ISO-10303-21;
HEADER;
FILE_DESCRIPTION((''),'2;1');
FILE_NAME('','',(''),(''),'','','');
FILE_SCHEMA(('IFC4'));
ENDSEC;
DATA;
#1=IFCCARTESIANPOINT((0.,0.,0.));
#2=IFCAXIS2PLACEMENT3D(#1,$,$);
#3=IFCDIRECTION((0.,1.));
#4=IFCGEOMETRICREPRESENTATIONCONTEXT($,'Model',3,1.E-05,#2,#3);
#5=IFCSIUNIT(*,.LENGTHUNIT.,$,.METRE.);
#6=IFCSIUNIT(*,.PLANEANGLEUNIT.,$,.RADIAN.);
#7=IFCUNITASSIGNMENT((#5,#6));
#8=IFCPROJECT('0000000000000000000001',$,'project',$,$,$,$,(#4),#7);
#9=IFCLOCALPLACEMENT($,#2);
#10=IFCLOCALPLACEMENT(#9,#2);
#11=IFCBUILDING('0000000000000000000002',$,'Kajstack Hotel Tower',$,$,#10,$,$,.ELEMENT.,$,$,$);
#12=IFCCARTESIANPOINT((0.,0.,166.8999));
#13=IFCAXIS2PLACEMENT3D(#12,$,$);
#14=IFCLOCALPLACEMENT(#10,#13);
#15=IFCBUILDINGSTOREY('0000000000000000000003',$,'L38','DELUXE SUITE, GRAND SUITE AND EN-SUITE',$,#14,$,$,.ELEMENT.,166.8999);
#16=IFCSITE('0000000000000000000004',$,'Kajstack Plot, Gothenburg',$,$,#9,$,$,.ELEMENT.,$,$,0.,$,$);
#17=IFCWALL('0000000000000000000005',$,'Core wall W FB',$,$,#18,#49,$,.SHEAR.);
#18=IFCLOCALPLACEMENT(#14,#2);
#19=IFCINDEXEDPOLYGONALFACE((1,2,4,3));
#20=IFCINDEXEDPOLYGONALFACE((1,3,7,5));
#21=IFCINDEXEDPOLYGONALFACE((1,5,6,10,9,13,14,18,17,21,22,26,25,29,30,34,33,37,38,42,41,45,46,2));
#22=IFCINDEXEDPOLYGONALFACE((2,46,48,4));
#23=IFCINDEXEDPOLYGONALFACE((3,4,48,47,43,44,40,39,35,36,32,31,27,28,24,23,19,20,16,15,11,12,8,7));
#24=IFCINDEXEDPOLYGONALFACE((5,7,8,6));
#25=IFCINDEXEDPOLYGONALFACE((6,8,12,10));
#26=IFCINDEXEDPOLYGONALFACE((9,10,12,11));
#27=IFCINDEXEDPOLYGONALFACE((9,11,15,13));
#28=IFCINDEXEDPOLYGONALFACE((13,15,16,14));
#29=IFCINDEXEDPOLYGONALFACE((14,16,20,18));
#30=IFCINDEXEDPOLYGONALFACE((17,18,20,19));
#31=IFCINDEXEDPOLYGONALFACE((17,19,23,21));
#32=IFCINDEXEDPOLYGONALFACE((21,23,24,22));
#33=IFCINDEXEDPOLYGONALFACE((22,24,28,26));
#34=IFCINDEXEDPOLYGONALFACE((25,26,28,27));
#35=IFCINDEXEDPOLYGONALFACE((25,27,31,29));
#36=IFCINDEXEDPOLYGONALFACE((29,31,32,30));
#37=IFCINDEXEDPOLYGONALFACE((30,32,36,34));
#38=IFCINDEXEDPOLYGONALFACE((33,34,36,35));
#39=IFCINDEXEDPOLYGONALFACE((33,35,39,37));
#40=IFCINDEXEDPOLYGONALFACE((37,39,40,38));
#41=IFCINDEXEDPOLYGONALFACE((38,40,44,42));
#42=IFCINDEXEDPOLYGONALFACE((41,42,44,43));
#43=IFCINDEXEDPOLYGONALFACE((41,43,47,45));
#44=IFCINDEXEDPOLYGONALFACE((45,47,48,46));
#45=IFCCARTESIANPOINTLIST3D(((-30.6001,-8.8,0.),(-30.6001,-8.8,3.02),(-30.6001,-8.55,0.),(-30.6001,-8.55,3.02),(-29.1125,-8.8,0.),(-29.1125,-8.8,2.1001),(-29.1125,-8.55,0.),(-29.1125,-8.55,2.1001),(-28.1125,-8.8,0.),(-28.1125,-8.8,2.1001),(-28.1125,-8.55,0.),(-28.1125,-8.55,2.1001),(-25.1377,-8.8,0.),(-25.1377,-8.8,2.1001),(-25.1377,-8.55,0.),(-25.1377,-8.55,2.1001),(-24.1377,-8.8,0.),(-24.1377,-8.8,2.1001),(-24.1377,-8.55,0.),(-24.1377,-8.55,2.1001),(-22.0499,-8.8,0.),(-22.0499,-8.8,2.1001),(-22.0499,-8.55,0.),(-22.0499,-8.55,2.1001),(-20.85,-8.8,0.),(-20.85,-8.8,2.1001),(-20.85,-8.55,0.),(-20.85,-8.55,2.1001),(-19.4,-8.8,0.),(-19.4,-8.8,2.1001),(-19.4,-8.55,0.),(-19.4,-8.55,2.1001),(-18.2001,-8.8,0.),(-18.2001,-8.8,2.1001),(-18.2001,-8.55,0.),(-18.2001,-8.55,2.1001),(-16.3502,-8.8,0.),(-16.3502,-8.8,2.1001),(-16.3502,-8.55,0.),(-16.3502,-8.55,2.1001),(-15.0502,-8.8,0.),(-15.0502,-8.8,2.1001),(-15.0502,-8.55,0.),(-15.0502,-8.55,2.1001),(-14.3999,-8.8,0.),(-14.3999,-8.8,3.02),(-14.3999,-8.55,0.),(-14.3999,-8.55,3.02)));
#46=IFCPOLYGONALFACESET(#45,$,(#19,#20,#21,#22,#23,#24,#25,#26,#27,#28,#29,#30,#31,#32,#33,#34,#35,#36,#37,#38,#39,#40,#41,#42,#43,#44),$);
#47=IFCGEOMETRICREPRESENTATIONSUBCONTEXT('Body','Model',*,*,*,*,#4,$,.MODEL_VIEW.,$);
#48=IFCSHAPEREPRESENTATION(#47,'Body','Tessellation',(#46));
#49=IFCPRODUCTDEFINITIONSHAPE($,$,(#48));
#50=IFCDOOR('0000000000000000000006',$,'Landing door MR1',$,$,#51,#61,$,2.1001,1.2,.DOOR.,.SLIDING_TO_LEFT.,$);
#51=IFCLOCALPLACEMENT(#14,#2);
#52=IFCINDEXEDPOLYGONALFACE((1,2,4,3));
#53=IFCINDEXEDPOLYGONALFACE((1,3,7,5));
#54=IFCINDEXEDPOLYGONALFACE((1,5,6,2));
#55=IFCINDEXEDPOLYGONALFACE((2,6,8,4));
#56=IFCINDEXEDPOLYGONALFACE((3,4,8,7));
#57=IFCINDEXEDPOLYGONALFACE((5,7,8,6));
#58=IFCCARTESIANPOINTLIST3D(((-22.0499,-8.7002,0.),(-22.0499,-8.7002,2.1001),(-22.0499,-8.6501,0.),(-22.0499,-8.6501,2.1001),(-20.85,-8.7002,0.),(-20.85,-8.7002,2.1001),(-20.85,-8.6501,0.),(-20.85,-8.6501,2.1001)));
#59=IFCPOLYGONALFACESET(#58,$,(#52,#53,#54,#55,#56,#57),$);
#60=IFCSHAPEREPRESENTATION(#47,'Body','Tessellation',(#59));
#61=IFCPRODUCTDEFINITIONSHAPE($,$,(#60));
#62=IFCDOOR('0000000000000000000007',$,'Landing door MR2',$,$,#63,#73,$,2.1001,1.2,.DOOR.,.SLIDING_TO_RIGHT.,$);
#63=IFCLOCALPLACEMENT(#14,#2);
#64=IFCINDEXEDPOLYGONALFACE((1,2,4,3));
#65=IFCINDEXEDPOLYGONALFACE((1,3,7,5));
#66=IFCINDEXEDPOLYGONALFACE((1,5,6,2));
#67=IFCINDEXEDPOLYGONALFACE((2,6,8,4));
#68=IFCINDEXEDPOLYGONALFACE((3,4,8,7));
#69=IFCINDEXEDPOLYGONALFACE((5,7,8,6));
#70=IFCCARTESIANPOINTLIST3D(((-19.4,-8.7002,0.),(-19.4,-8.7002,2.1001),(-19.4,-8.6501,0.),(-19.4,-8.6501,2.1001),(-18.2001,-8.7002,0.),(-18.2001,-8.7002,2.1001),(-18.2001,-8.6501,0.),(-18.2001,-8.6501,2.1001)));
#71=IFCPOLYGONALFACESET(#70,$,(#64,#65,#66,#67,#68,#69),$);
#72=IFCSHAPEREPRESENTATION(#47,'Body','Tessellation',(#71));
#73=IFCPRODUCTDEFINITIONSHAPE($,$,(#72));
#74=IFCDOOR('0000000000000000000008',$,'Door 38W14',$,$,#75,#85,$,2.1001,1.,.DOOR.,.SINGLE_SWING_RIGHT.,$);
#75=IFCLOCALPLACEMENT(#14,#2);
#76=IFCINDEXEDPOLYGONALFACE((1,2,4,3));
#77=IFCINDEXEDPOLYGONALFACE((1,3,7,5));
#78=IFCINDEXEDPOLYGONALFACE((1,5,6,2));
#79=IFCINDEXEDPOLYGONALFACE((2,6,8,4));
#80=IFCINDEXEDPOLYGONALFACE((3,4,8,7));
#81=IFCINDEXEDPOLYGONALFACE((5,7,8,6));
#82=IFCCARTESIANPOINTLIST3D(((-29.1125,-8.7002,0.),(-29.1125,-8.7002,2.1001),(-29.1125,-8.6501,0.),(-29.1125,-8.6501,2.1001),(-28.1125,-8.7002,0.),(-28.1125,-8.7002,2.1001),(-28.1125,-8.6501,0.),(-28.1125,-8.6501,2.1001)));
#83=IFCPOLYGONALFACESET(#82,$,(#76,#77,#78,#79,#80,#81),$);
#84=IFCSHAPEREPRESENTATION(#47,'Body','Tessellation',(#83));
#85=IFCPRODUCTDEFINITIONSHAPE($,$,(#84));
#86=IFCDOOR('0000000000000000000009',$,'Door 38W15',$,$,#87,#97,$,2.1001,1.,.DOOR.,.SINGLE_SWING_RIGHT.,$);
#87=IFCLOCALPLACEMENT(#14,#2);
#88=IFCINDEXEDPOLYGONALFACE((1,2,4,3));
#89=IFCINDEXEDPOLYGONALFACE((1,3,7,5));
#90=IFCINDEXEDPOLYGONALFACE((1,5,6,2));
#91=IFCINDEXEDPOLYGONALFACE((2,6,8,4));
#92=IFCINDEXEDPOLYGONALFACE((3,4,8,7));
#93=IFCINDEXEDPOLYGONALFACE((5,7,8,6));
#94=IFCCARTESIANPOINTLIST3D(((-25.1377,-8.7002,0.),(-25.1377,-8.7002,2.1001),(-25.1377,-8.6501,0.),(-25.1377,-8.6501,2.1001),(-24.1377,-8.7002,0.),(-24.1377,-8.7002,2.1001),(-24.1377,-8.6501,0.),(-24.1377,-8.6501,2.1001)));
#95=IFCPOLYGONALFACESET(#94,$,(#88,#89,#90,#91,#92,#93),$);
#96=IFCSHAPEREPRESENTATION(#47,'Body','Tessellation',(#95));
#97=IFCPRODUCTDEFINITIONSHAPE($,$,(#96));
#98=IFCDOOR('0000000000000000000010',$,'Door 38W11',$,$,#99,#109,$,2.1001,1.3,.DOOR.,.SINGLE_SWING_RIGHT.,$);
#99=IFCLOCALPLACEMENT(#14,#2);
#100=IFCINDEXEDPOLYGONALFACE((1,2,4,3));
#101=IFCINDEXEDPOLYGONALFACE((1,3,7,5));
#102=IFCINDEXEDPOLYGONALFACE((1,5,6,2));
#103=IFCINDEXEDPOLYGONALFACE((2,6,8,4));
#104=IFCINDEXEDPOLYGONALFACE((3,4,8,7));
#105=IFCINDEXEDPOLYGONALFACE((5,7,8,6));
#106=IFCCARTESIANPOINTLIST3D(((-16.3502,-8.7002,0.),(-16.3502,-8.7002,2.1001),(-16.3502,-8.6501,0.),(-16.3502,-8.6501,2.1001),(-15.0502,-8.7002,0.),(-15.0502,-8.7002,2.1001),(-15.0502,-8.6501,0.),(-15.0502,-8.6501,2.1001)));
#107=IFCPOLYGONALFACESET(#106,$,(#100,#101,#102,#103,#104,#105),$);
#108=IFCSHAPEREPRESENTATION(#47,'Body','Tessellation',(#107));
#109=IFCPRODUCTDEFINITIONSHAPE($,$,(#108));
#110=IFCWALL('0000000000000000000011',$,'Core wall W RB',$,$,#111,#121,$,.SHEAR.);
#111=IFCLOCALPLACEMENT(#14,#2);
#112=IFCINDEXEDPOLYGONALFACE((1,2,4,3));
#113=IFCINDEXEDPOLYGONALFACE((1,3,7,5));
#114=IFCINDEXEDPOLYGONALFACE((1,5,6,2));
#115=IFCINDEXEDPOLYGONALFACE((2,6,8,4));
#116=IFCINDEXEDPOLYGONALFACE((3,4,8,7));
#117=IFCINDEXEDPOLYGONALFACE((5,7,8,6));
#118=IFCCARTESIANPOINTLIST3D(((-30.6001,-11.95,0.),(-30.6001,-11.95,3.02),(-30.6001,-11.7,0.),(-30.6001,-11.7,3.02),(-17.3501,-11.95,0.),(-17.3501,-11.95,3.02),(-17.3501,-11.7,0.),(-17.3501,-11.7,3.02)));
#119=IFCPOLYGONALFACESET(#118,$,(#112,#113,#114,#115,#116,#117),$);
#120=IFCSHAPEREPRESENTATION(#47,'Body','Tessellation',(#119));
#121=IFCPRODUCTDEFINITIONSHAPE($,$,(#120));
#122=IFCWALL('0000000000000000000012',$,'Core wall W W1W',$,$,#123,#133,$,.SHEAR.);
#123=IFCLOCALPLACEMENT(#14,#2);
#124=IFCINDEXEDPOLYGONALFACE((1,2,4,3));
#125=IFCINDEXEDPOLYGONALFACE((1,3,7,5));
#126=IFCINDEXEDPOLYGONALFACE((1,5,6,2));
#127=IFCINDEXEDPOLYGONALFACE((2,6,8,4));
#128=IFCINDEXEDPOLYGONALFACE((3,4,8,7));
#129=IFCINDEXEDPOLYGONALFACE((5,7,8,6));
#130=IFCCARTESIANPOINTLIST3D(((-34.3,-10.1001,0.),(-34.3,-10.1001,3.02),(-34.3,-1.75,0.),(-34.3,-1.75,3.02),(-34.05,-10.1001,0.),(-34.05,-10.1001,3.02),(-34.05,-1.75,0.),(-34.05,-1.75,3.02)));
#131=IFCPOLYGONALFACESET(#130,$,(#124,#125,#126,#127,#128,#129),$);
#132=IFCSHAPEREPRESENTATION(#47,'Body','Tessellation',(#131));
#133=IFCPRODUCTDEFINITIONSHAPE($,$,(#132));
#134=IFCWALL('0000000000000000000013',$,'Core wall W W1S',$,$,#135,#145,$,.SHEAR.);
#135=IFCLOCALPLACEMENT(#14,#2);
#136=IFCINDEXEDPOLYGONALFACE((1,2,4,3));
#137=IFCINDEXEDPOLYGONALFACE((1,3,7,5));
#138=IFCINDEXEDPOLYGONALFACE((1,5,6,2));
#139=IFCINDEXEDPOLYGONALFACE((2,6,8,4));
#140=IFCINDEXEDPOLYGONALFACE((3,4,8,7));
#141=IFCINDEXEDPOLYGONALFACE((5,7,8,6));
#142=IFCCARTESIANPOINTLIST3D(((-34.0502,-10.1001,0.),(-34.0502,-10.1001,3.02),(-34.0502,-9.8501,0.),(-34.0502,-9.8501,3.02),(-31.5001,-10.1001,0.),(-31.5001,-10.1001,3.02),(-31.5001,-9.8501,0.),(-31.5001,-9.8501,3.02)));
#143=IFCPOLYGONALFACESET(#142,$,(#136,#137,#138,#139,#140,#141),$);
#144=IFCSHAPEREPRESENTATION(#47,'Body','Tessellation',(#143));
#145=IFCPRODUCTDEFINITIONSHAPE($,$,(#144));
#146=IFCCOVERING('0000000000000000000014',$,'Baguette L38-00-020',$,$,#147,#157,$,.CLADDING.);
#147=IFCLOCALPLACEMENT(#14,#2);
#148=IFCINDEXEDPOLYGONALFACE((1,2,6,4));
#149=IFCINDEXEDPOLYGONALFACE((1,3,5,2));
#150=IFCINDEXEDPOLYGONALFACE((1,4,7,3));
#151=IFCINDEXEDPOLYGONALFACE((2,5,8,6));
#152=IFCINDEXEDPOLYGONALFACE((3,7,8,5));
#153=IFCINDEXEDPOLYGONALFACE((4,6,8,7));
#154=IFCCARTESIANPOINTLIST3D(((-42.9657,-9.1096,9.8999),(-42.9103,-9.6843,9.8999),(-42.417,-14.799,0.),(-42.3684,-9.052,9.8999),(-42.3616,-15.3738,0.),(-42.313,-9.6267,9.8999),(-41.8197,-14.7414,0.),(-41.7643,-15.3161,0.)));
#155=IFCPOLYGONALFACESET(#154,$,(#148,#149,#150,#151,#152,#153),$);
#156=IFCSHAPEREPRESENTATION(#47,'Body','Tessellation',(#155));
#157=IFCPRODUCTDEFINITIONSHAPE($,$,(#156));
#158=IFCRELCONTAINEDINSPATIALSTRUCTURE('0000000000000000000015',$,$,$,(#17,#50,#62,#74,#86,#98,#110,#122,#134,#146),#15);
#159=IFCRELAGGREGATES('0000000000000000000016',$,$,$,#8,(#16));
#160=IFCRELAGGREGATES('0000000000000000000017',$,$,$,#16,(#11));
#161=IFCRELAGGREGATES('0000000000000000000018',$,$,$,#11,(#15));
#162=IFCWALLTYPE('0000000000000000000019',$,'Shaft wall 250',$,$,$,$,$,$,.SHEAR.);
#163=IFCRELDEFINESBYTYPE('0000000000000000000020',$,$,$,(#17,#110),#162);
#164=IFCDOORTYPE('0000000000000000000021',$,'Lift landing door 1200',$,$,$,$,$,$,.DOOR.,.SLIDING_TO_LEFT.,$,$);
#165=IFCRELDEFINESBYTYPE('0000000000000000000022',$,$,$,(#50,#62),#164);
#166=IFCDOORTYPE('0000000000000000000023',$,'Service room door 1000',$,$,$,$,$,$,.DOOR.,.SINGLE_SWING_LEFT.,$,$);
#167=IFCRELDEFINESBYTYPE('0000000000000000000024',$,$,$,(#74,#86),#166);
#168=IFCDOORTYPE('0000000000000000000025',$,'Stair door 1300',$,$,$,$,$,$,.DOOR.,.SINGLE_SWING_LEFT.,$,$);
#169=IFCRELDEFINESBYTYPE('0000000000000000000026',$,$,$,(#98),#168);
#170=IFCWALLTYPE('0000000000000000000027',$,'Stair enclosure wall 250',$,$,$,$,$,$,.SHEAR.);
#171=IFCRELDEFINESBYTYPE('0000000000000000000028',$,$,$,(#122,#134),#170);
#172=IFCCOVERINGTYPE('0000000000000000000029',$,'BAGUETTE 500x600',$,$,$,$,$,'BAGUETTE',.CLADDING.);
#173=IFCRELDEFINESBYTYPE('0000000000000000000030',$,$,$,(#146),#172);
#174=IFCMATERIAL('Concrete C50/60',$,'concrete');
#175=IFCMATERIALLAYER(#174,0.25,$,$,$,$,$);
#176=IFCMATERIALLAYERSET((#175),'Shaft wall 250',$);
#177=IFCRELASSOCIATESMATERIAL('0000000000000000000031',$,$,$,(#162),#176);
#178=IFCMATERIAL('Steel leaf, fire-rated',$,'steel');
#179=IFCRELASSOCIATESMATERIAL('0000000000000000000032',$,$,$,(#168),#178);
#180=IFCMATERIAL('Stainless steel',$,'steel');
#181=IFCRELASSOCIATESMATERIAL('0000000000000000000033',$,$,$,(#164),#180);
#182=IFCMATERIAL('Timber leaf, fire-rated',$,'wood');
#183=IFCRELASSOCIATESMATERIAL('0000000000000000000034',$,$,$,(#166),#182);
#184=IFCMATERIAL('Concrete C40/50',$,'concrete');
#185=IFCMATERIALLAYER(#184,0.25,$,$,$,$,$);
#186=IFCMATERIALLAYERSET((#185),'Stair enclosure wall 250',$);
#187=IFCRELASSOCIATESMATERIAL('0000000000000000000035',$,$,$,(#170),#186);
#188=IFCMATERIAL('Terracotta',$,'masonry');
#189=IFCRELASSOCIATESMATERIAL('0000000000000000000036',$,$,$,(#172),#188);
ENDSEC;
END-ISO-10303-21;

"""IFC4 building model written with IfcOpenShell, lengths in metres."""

from ifc_helpers import new_model, si_unit, direction, frame, frame_2d, origin, origin_2d, place, context, subcontext, project, spatial, polyline, rectangle, outline, extrude, material, layer, layer_set, material_profile, profile_set, type_object, element, fill, save


model = new_model("IFC4")

# Units and contexts
model_context = context("Model", 3, precision=1e-05, world=origin(), true_north=direction((0.0, 1.0)))
body_context = subcontext(model_context, "Body", "Model", "MODEL_VIEW")
ifc_project = project(units=[si_unit("LENGTHUNIT", "METRE"), si_unit("PLANEANGLEUNIT", "RADIAN")], contexts=[model_context])

# Site, building, storey
site_placement = place(None, origin())
site = spatial("IfcSite", under=ifc_project, at=site_placement, Name="Kajstack Plot, Gothenburg", CompositionType="ELEMENT", RefElevation=0.0)
building_placement = place(site_placement, origin())
building = spatial("IfcBuilding", under=site, at=building_placement, Name="Kajstack Hotel Tower", CompositionType="ELEMENT")
storey_placement = place(building_placement, frame((0.0, 0.0, 166.8999)))
storey = spatial("IfcBuildingStorey", under=building, at=storey_placement, Name="L38", Description="DELUXE SUITE, GRAND SUITE AND EN-SUITE", CompositionType="ELEMENT", Elevation=166.8999)

# Shared definitions
ifc_material_1 = material(Name="Stainless steel", Category="steel")

# Wall, openings, doors
ifc_material_2 = material(Name="Concrete C50/60", Category="concrete")
ifc_layer_1 = layer(ifc_material_2, 0.25)
ifc_layer_set_1 = layer_set([ifc_layer_1], Name="Shaft wall 250")
wall_type_1 = type_object("IfcWallType", Name="Shaft wall 250", PredefinedType="SHEAR", material=ifc_layer_set_1)
ifc_material_3 = material(Name="Timber leaf, fire-rated", Category="wood")
ifc_material_4 = material(Name="Steel leaf, fire-rated", Category="steel")
door_type_1 = type_object("IfcDoorType", Name="Stair door 1300", OperationType="SINGLE_SWING_LEFT", PredefinedType="DOOR", material=ifc_material_4)
door_type_2 = type_object("IfcDoorType", Name="Lift landing door 1200", OperationType="SLIDING_TO_LEFT", PredefinedType="DOOR", material=ifc_material_1)
wall_1_placement = place(storey_placement, frame((-30.6001, -8.675, 0.0), z_axis=(0.0, 0.0, 1.0), x_axis=(1.0, 0.0, 0.0)))
wall_1 = element("IfcWall", 1, at=wall_1_placement, inside=storey, type_object=wall_type_1, Name="Core wall W FB", PredefinedType="SHEAR", context=body_context, shape_type="SweptSolid", body=[
    extrude(rectangle(XDim=16.2002, YDim=0.25, at=frame_2d((8.1001, 0.0))), origin(), (0.0, 0.0, 1.0), 3.02),
])
opening_1_placement = place(wall_1_placement, frame((8.55, 0.0, 0.0)))
opening_1 = element("IfcOpeningElement", 2, at=opening_1_placement, cuts=wall_1, PredefinedType="OPENING", context=body_context, shape_type="SweptSolid", body=[
    extrude(rectangle(XDim=1.2, YDim=2.1001, at=frame_2d((0.6001, 1.05))), frame((0.0, 0.135, 0.0), z_axis=(0.0, -1.0, 0.0), x_axis=(1.0, 0.0, 0.0)), (0.0, 0.0, 1.0), 0.27),
])
opening_2_placement = place(wall_1_placement, frame((11.2, 0.0, 0.0)))
opening_2 = element("IfcOpeningElement", 3, at=opening_2_placement, cuts=wall_1, PredefinedType="OPENING", context=body_context, shape_type="SweptSolid", body=[
    extrude(rectangle(XDim=1.2, YDim=2.1001, at=frame_2d((0.6001, 1.05))), frame((0.0, 0.135, 0.0), z_axis=(0.0, -1.0, 0.0), x_axis=(1.0, 0.0, 0.0)), (0.0, 0.0, 1.0), 0.27),
])
opening_3_placement = place(wall_1_placement, frame((14.25, 0.0, 0.0)))
opening_3 = element("IfcOpeningElement", 4, at=opening_3_placement, cuts=wall_1, PredefinedType="OPENING", context=body_context, shape_type="SweptSolid", body=[
    extrude(rectangle(XDim=1.3, YDim=2.1001, at=frame_2d((0.6499, 1.05))), frame((0.0, 0.135, 0.0), z_axis=(0.0, -1.0, 0.0), x_axis=(1.0, 0.0, 0.0)), (0.0, 0.0, 1.0), 0.27),
])
opening_4_placement = place(wall_1_placement, frame((1.4875, 0.0, 0.0)))
opening_4 = element("IfcOpeningElement", 5, at=opening_4_placement, cuts=wall_1, PredefinedType="OPENING", context=body_context, shape_type="SweptSolid", body=[
    extrude(rectangle(XDim=1.0, YDim=2.1001, at=frame_2d((0.5, 1.05))), frame((0.0, 0.135, 0.0), z_axis=(0.0, -1.0, 0.0), x_axis=(1.0, 0.0, 0.0)), (0.0, 0.0, 1.0), 0.27),
])
opening_5_placement = place(wall_1_placement, frame((5.4624, 0.0, 0.0)))
opening_5 = element("IfcOpeningElement", 6, at=opening_5_placement, cuts=wall_1, PredefinedType="OPENING", context=body_context, shape_type="SweptSolid", body=[
    extrude(rectangle(XDim=1.0, YDim=2.1001, at=frame_2d((0.5, 1.05))), frame((0.0, 0.135, 0.0), z_axis=(0.0, -1.0, 0.0), x_axis=(1.0, 0.0, 0.0)), (0.0, 0.0, 1.0), 0.27),
])
door_1_placement = place(opening_1_placement, origin())
door_1 = element("IfcDoor", 7, at=door_1_placement, inside=storey, type_object=door_type_2, Name="Landing door MR1", OperationType="SLIDING_TO_LEFT", OverallHeight=2.1001, OverallWidth=1.2, PredefinedType="DOOR", context=body_context, shape_type="SweptSolid", body=[
    extrude(rectangle(XDim=1.2, YDim=2.1001, at=frame_2d((0.6001, 1.05))), frame((0.0, 0.0249, 0.0), z_axis=(0.0, -1.0, 0.0), x_axis=(1.0, 0.0, 0.0)), (0.0, 0.0, 1.0), 0.05),
])
fill(opening_1, door_1)
door_2_placement = place(opening_2_placement, origin())
door_2 = element("IfcDoor", 8, at=door_2_placement, inside=storey, type_object=door_type_2, Name="Landing door MR2", OperationType="SLIDING_TO_RIGHT", OverallHeight=2.1001, OverallWidth=1.2, PredefinedType="DOOR", context=body_context, shape_type="SweptSolid", body=[
    extrude(rectangle(XDim=1.2, YDim=2.1001, at=frame_2d((0.6001, 1.05))), frame((0.0, 0.0249, 0.0), z_axis=(0.0, -1.0, 0.0), x_axis=(1.0, 0.0, 0.0)), (0.0, 0.0, 1.0), 0.05),
])
fill(opening_2, door_2)
door_type_3 = type_object("IfcDoorType", Name="Service room door 1000", OperationType="SINGLE_SWING_LEFT", PredefinedType="DOOR", material=ifc_material_3)
door_3_placement = place(opening_4_placement, origin())
door_3 = element("IfcDoor", 9, at=door_3_placement, inside=storey, type_object=door_type_3, Name="Door 38W14", OperationType="SINGLE_SWING_RIGHT", OverallHeight=2.1001, OverallWidth=1.0, PredefinedType="DOOR", context=body_context, shape_type="SweptSolid", body=[
    extrude(rectangle(XDim=1.0, YDim=2.1001, at=frame_2d((0.5, 1.05))), frame((0.0, 0.0249, 0.0), z_axis=(0.0, -1.0, 0.0), x_axis=(1.0, 0.0, 0.0)), (0.0, 0.0, 1.0), 0.05),
])
fill(opening_4, door_3)
door_4_placement = place(opening_5_placement, origin())
door_4 = element("IfcDoor", 10, at=door_4_placement, inside=storey, type_object=door_type_3, Name="Door 38W15", OperationType="SINGLE_SWING_RIGHT", OverallHeight=2.1001, OverallWidth=1.0, PredefinedType="DOOR", context=body_context, shape_type="SweptSolid", body=[
    extrude(rectangle(XDim=1.0, YDim=2.1001, at=frame_2d((0.5, 1.05))), frame((0.0, 0.0249, 0.0), z_axis=(0.0, -1.0, 0.0), x_axis=(1.0, 0.0, 0.0)), (0.0, 0.0, 1.0), 0.05),
])
fill(opening_5, door_4)
door_5_placement = place(opening_3_placement, origin())
door_5 = element("IfcDoor", 11, at=door_5_placement, inside=storey, type_object=door_type_1, Name="Door 38W11", OperationType="SINGLE_SWING_RIGHT", OverallHeight=2.1001, OverallWidth=1.3, PredefinedType="DOOR", context=body_context, shape_type="SweptSolid", body=[
    extrude(rectangle(XDim=1.3, YDim=2.1001, at=frame_2d((0.6499, 1.05))), frame((0.0, 0.0249, 0.0), z_axis=(0.0, -1.0, 0.0), x_axis=(1.0, 0.0, 0.0)), (0.0, 0.0, 1.0), 0.05),
])
fill(opening_3, door_5)

# Walls
wall_2_placement = place(storey_placement, frame((-30.6001, -11.825, 0.0), z_axis=(0.0, 0.0, 1.0), x_axis=(1.0, 0.0, 0.0)))
element("IfcWall", 12, at=wall_2_placement, inside=storey, type_object=wall_type_1, Name="Core wall W RB", PredefinedType="SHEAR", context=body_context, shape_type="SweptSolid", body=[
    extrude(rectangle(XDim=13.25, YDim=0.25, at=frame_2d((6.625, 0.0))), origin(), (0.0, 0.0, 1.0), 3.02),
])
ifc_material_5 = material(Name="Concrete C40/50", Category="concrete")
ifc_layer_2 = layer(ifc_material_5, 0.25)
ifc_layer_set_2 = layer_set([ifc_layer_2], Name="Stair enclosure wall 250")
wall_type_2 = type_object("IfcWallType", Name="Stair enclosure wall 250", PredefinedType="SHEAR", material=ifc_layer_set_2)
wall_3_placement = place(storey_placement, frame((-34.175, -10.1001, 0.0), z_axis=(0.0, 0.0, 1.0), x_axis=(0.0, 1.0, 0.0)))
element("IfcWall", 13, at=wall_3_placement, inside=storey, type_object=wall_type_2, Name="Core wall W W1W", PredefinedType="SHEAR", context=body_context, shape_type="SweptSolid", body=[
    extrude(rectangle(XDim=8.3501, YDim=0.25, at=frame_2d((4.175, 0.0))), origin(), (0.0, 0.0, 1.0), 3.02),
])
wall_4_placement = place(storey_placement, frame((-34.05, -9.9751, 0.0), z_axis=(0.0, 0.0, 1.0), x_axis=(1.0, 0.0, 0.0)))
element("IfcWall", 14, at=wall_4_placement, inside=storey, type_object=wall_type_2, Name="Core wall W W1S", PredefinedType="SHEAR", context=body_context, shape_type="SweptSolid", body=[
    extrude(rectangle(XDim=2.55, YDim=0.25, at=frame_2d((1.2749, 0.0))), origin(), (0.0, 0.0, 1.0), 3.02),
])

# Covering
ifc_material_6 = material(Name="Terracotta", Category="masonry")
ifc_material_profile = material_profile(ifc_material_6, rectangle(XDim=0.6001, YDim=0.5, at=origin_2d()), Name="Terracotta-clad concrete baguette 500 x 600")
ifc_profile_set = profile_set([ifc_material_profile], Name="Terracotta")
covering_type = type_object("IfcCoveringType", Name="BAGUETTE 500x600", ElementType="BAGUETTE", PredefinedType="CLADDING", material=ifc_profile_set)
covering_1_placement = place(storey_placement, frame((-42.3684, -9.052, 0.0), z_axis=(-0.995381, -0.095999, 0.0), x_axis=(0.095999, -0.995381, 0.0)))
element("IfcCovering", 15, at=covering_1_placement, inside=storey, type_object=covering_type, Name="Baguette L38-00-020", PredefinedType="CLADDING", context=body_context, shape_type="SweptSolid", body=[
    extrude(outline(polyline([(0.0, 9.8999), (5.7158, 0.0), (6.2932, 0.0), (0.5774, 9.8999), (0.0, 9.8999)])), origin(), (0.0, 0.0, 1.0), 0.6001),
])

save(model, "model.ifc")
